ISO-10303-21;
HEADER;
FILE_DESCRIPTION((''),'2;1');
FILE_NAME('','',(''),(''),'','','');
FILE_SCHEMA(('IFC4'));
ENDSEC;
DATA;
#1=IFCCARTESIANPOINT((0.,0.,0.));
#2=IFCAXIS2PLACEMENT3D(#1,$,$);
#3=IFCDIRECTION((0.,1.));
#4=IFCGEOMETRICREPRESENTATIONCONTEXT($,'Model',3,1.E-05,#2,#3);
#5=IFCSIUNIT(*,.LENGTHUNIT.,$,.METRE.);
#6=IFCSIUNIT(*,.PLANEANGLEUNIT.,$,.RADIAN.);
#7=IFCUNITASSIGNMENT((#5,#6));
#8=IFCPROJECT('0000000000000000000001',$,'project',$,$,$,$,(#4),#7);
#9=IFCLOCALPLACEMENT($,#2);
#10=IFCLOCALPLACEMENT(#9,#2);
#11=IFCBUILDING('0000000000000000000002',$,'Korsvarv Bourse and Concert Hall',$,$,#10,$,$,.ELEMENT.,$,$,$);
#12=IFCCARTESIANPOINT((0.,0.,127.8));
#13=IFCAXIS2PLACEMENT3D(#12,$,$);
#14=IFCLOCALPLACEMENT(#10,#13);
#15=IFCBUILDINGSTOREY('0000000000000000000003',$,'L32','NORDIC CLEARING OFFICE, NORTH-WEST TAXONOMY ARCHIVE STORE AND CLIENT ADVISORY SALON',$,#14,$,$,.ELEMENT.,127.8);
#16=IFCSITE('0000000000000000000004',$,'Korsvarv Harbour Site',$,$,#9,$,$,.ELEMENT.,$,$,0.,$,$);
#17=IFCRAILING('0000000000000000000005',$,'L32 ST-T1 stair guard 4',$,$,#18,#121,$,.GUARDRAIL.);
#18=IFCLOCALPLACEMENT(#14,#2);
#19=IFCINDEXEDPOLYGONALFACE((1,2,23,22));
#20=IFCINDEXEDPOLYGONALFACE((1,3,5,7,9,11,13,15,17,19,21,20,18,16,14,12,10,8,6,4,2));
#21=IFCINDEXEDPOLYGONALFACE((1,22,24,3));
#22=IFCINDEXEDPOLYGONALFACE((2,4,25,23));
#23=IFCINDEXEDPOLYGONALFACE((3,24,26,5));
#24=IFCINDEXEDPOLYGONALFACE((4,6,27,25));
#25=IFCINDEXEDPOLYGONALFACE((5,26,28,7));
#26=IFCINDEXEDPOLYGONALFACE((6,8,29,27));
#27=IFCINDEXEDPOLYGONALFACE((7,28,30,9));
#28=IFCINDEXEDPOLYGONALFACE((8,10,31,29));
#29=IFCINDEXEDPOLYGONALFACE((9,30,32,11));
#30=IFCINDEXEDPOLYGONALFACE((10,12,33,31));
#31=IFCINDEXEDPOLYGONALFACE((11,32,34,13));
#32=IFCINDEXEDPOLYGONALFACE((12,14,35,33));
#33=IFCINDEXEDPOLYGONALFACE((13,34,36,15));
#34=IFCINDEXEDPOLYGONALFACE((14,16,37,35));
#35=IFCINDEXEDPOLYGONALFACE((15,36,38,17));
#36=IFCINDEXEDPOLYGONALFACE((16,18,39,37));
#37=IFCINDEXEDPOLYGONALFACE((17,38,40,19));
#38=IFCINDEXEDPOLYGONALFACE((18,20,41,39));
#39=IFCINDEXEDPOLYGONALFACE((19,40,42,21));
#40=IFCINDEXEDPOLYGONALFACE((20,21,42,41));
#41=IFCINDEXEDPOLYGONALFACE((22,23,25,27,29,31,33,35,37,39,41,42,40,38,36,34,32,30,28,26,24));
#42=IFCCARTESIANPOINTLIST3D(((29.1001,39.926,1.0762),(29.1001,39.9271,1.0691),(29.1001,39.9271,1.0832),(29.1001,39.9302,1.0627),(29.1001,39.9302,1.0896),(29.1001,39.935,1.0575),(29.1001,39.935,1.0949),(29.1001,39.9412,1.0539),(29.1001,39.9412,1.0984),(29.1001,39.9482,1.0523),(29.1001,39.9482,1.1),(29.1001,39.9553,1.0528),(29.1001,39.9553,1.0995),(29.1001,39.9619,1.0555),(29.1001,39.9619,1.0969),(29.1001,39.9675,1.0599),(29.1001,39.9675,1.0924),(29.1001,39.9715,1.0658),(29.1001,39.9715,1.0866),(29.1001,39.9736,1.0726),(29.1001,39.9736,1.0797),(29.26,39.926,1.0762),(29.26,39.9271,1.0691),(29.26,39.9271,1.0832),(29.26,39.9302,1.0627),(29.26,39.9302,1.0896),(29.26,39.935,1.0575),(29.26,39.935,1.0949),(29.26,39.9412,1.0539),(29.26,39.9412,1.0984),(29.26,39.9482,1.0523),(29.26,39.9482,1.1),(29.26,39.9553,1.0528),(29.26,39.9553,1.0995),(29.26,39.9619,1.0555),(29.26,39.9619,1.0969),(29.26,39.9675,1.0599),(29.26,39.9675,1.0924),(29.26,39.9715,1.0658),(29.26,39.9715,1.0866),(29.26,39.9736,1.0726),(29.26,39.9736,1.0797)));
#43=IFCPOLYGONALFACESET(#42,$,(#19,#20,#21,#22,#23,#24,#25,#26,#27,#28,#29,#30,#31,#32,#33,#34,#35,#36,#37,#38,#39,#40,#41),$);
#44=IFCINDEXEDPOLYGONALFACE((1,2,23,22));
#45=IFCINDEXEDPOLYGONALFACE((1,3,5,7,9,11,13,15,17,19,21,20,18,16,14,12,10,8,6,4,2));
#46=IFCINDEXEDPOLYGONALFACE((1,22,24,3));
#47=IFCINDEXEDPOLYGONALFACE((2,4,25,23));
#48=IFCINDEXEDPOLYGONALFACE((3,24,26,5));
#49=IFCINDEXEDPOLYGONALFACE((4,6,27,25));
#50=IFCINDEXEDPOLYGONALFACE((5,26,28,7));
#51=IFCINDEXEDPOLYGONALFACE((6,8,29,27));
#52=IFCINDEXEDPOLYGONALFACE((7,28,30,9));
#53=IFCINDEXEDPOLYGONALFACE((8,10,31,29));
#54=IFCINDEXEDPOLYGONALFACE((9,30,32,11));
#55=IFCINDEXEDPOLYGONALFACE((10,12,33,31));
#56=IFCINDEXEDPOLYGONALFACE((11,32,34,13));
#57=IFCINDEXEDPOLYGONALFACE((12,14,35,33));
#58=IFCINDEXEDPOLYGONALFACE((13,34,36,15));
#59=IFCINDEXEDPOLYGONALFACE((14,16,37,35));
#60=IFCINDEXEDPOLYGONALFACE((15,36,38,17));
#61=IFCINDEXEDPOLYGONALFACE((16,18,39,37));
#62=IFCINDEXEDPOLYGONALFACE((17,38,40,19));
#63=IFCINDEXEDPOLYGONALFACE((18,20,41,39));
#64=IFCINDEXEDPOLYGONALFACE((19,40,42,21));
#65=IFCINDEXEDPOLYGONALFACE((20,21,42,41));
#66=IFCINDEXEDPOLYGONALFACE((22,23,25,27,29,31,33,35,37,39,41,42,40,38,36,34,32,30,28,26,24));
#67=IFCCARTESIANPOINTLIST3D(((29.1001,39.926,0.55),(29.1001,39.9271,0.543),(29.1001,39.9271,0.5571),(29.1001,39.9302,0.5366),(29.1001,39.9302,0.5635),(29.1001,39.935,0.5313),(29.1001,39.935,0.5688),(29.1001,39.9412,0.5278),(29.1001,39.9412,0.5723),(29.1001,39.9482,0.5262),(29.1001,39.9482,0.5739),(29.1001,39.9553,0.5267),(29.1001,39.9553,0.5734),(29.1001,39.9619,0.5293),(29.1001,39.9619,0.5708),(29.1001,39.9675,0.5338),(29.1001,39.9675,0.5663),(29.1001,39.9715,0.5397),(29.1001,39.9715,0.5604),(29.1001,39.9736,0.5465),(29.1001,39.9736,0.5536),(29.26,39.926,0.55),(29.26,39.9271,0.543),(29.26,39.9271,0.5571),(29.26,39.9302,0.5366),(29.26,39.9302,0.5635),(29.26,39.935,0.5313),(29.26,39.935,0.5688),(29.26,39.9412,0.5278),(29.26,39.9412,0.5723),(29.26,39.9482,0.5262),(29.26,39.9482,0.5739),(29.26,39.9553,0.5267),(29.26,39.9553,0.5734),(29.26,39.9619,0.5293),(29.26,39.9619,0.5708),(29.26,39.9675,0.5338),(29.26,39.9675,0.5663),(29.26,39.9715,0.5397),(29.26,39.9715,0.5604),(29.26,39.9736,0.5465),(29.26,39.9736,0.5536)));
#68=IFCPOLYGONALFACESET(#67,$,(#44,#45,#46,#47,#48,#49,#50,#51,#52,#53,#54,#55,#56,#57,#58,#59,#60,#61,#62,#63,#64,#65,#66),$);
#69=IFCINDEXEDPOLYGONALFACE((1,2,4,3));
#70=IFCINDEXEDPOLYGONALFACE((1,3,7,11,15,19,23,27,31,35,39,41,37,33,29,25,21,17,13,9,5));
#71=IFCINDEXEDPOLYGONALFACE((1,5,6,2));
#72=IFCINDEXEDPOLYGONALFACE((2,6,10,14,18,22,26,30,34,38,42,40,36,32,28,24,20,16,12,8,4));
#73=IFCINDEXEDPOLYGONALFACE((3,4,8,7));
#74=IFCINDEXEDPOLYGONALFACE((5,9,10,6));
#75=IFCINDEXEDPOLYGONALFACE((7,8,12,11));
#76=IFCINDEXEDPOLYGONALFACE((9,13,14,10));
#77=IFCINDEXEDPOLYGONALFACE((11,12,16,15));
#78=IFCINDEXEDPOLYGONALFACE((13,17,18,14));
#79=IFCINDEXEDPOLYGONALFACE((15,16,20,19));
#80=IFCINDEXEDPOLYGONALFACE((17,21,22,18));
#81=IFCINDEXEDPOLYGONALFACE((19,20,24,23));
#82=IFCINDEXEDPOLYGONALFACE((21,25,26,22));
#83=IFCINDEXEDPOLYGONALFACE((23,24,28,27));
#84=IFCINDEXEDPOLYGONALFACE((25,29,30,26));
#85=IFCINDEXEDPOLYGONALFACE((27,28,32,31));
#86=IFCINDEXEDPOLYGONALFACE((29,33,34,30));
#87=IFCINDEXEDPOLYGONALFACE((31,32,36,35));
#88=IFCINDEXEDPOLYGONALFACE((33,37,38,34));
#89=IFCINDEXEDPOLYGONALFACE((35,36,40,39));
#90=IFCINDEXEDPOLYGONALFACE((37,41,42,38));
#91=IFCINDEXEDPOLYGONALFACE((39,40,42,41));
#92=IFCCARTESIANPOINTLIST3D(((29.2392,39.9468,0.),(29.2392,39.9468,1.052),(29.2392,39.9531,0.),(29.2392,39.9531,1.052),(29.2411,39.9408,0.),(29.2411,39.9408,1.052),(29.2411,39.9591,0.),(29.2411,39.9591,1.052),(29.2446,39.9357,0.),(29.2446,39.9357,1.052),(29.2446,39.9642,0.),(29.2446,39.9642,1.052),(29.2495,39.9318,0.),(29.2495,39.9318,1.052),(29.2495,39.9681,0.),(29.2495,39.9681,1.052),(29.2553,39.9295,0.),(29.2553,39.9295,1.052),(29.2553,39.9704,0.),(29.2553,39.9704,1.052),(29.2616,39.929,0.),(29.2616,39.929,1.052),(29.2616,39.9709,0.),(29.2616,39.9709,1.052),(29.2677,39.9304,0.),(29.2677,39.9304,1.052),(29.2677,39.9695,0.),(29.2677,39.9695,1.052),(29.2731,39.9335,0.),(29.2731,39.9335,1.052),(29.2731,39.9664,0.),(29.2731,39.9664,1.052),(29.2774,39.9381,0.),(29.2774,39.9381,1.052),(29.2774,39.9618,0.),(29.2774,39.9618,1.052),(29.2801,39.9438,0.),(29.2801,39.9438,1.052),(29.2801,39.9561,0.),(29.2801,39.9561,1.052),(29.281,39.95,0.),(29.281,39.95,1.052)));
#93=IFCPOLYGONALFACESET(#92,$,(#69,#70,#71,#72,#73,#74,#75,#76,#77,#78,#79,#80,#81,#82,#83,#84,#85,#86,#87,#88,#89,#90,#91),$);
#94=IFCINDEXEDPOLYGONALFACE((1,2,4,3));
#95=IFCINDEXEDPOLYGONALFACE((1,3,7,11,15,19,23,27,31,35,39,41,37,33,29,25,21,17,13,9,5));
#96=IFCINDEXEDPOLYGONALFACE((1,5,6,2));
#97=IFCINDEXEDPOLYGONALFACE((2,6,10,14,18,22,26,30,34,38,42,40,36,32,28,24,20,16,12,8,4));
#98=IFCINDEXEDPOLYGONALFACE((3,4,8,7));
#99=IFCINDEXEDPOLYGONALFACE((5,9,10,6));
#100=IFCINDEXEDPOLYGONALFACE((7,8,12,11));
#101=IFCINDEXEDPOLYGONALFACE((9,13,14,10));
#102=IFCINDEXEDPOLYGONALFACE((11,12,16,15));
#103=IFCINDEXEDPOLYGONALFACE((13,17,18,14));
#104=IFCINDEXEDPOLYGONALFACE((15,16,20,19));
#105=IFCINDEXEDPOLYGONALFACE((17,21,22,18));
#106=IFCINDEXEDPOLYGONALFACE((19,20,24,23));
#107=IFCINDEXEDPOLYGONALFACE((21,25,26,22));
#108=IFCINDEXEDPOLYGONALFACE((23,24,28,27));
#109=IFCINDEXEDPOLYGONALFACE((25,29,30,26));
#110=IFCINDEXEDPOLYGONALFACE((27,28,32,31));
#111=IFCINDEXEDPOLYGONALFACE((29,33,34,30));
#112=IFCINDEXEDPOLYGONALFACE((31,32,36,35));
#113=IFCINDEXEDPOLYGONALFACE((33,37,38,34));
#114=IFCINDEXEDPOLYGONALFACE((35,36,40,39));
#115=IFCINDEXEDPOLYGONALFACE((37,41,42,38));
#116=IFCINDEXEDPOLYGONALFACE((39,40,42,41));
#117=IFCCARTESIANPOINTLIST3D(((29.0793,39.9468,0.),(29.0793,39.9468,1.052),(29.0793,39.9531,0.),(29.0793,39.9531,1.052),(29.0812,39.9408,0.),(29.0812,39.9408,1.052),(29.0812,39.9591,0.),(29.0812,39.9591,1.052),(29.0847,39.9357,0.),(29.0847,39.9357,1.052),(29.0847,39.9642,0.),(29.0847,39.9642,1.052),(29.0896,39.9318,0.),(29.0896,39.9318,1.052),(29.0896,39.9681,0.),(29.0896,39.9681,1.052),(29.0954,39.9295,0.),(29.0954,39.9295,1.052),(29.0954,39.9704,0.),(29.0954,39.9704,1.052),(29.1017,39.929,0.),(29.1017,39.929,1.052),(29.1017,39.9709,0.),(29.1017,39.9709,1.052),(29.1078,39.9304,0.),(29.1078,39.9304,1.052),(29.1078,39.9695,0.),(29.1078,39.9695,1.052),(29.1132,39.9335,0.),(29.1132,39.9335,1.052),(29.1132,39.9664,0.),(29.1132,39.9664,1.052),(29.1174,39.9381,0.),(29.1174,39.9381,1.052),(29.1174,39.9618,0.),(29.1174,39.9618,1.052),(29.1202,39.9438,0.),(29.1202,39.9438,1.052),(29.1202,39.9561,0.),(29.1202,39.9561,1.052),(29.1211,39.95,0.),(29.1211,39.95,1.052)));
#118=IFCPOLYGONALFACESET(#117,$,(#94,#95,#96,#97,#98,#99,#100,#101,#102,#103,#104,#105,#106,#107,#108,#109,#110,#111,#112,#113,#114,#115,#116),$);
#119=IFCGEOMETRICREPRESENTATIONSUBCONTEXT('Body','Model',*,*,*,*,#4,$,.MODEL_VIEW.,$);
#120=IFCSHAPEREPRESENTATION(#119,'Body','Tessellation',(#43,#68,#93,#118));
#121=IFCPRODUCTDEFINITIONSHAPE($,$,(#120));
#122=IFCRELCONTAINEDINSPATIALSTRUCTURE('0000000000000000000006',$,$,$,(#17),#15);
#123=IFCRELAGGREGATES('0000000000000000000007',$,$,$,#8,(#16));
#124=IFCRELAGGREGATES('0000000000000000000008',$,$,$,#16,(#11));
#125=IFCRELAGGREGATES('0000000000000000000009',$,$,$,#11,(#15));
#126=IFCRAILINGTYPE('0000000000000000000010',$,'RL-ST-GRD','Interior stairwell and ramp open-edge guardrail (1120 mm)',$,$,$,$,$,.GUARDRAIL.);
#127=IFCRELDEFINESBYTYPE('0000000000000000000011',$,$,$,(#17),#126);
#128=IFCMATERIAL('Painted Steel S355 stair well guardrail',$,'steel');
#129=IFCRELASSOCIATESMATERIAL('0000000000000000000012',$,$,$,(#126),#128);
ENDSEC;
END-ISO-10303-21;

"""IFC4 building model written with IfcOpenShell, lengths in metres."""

from ifc_helpers import new_model, si_unit, direction, frame, origin, origin_2d, place, context, subcontext, project, spatial, circle, extrude, material, type_object, element, save


model = new_model("IFC4")

# Units and contexts
model_context = context("Model", 3, precision=1e-05, world=origin(), true_north=direction((0.0, 1.0)))
body_context = subcontext(model_context, "Body", "Model", "MODEL_VIEW")
ifc_project = project(units=[si_unit("LENGTHUNIT", "METRE"), si_unit("PLANEANGLEUNIT", "RADIAN")], contexts=[model_context])

# Site, building, storey
site_placement = place(None, origin())
site = spatial("IfcSite", under=ifc_project, at=site_placement, Name="Korsvarv Harbour Site", CompositionType="ELEMENT", RefElevation=0.0)
building_placement = place(site_placement, origin())
building = spatial("IfcBuilding", under=site, at=building_placement, Name="Korsvarv Bourse and Concert Hall", CompositionType="ELEMENT")
storey_placement = place(building_placement, frame((0.0, 0.0, 127.8)))
storey = spatial("IfcBuildingStorey", under=building, at=storey_placement, Name="L32", Description="NORDIC CLEARING OFFICE, NORTH-WEST TAXONOMY ARCHIVE STORE AND CLIENT ADVISORY SALON", CompositionType="ELEMENT", Elevation=127.8)

# Railing
ifc_material_1 = material(Name="Painted Steel S355 stair well guardrail", Category="steel")
railing_type_1 = type_object("IfcRailingType", Name="RL-ST-GRD", Description="Interior stairwell and ramp open-edge guardrail (1120 mm)", PredefinedType="GUARDRAIL", material=ifc_material_1)
railing_1_placement = place(storey_placement, frame((29.26, 39.95, 0.0)))
element("IfcRailing", 1, at=railing_1_placement, inside=storey, type_object=railing_type_1, Name="L32 ST-T1 stair guard 4", PredefinedType="GUARDRAIL", context=body_context, shape_type="SweptSolid", body=[
    extrude(circle(Radius=0.0239, at=origin_2d()), frame((0.0, 0.0, 1.0762), z_axis=(-1.0, 0.0, 0.0), x_axis=(0.0, -1.0, 0.0)), (0.0, 0.0, 1.0), 0.1599),
    extrude(circle(Radius=0.0239, at=origin_2d()), frame((0.0, 0.0, 0.55), z_axis=(-1.0, 0.0, 0.0), x_axis=(0.0, -1.0, 0.0)), (0.0, 0.0, 1.0), 0.1599),
    extrude(circle(Radius=0.021, at=origin_2d()), origin(), (0.0, 0.0, 1.0), 1.052),
    extrude(circle(Radius=0.021, at=origin_2d()), frame((-0.1599, 0.0, 0.0)), (0.0, 0.0, 1.0), 1.052),
])

save(model, "model.ifc")
